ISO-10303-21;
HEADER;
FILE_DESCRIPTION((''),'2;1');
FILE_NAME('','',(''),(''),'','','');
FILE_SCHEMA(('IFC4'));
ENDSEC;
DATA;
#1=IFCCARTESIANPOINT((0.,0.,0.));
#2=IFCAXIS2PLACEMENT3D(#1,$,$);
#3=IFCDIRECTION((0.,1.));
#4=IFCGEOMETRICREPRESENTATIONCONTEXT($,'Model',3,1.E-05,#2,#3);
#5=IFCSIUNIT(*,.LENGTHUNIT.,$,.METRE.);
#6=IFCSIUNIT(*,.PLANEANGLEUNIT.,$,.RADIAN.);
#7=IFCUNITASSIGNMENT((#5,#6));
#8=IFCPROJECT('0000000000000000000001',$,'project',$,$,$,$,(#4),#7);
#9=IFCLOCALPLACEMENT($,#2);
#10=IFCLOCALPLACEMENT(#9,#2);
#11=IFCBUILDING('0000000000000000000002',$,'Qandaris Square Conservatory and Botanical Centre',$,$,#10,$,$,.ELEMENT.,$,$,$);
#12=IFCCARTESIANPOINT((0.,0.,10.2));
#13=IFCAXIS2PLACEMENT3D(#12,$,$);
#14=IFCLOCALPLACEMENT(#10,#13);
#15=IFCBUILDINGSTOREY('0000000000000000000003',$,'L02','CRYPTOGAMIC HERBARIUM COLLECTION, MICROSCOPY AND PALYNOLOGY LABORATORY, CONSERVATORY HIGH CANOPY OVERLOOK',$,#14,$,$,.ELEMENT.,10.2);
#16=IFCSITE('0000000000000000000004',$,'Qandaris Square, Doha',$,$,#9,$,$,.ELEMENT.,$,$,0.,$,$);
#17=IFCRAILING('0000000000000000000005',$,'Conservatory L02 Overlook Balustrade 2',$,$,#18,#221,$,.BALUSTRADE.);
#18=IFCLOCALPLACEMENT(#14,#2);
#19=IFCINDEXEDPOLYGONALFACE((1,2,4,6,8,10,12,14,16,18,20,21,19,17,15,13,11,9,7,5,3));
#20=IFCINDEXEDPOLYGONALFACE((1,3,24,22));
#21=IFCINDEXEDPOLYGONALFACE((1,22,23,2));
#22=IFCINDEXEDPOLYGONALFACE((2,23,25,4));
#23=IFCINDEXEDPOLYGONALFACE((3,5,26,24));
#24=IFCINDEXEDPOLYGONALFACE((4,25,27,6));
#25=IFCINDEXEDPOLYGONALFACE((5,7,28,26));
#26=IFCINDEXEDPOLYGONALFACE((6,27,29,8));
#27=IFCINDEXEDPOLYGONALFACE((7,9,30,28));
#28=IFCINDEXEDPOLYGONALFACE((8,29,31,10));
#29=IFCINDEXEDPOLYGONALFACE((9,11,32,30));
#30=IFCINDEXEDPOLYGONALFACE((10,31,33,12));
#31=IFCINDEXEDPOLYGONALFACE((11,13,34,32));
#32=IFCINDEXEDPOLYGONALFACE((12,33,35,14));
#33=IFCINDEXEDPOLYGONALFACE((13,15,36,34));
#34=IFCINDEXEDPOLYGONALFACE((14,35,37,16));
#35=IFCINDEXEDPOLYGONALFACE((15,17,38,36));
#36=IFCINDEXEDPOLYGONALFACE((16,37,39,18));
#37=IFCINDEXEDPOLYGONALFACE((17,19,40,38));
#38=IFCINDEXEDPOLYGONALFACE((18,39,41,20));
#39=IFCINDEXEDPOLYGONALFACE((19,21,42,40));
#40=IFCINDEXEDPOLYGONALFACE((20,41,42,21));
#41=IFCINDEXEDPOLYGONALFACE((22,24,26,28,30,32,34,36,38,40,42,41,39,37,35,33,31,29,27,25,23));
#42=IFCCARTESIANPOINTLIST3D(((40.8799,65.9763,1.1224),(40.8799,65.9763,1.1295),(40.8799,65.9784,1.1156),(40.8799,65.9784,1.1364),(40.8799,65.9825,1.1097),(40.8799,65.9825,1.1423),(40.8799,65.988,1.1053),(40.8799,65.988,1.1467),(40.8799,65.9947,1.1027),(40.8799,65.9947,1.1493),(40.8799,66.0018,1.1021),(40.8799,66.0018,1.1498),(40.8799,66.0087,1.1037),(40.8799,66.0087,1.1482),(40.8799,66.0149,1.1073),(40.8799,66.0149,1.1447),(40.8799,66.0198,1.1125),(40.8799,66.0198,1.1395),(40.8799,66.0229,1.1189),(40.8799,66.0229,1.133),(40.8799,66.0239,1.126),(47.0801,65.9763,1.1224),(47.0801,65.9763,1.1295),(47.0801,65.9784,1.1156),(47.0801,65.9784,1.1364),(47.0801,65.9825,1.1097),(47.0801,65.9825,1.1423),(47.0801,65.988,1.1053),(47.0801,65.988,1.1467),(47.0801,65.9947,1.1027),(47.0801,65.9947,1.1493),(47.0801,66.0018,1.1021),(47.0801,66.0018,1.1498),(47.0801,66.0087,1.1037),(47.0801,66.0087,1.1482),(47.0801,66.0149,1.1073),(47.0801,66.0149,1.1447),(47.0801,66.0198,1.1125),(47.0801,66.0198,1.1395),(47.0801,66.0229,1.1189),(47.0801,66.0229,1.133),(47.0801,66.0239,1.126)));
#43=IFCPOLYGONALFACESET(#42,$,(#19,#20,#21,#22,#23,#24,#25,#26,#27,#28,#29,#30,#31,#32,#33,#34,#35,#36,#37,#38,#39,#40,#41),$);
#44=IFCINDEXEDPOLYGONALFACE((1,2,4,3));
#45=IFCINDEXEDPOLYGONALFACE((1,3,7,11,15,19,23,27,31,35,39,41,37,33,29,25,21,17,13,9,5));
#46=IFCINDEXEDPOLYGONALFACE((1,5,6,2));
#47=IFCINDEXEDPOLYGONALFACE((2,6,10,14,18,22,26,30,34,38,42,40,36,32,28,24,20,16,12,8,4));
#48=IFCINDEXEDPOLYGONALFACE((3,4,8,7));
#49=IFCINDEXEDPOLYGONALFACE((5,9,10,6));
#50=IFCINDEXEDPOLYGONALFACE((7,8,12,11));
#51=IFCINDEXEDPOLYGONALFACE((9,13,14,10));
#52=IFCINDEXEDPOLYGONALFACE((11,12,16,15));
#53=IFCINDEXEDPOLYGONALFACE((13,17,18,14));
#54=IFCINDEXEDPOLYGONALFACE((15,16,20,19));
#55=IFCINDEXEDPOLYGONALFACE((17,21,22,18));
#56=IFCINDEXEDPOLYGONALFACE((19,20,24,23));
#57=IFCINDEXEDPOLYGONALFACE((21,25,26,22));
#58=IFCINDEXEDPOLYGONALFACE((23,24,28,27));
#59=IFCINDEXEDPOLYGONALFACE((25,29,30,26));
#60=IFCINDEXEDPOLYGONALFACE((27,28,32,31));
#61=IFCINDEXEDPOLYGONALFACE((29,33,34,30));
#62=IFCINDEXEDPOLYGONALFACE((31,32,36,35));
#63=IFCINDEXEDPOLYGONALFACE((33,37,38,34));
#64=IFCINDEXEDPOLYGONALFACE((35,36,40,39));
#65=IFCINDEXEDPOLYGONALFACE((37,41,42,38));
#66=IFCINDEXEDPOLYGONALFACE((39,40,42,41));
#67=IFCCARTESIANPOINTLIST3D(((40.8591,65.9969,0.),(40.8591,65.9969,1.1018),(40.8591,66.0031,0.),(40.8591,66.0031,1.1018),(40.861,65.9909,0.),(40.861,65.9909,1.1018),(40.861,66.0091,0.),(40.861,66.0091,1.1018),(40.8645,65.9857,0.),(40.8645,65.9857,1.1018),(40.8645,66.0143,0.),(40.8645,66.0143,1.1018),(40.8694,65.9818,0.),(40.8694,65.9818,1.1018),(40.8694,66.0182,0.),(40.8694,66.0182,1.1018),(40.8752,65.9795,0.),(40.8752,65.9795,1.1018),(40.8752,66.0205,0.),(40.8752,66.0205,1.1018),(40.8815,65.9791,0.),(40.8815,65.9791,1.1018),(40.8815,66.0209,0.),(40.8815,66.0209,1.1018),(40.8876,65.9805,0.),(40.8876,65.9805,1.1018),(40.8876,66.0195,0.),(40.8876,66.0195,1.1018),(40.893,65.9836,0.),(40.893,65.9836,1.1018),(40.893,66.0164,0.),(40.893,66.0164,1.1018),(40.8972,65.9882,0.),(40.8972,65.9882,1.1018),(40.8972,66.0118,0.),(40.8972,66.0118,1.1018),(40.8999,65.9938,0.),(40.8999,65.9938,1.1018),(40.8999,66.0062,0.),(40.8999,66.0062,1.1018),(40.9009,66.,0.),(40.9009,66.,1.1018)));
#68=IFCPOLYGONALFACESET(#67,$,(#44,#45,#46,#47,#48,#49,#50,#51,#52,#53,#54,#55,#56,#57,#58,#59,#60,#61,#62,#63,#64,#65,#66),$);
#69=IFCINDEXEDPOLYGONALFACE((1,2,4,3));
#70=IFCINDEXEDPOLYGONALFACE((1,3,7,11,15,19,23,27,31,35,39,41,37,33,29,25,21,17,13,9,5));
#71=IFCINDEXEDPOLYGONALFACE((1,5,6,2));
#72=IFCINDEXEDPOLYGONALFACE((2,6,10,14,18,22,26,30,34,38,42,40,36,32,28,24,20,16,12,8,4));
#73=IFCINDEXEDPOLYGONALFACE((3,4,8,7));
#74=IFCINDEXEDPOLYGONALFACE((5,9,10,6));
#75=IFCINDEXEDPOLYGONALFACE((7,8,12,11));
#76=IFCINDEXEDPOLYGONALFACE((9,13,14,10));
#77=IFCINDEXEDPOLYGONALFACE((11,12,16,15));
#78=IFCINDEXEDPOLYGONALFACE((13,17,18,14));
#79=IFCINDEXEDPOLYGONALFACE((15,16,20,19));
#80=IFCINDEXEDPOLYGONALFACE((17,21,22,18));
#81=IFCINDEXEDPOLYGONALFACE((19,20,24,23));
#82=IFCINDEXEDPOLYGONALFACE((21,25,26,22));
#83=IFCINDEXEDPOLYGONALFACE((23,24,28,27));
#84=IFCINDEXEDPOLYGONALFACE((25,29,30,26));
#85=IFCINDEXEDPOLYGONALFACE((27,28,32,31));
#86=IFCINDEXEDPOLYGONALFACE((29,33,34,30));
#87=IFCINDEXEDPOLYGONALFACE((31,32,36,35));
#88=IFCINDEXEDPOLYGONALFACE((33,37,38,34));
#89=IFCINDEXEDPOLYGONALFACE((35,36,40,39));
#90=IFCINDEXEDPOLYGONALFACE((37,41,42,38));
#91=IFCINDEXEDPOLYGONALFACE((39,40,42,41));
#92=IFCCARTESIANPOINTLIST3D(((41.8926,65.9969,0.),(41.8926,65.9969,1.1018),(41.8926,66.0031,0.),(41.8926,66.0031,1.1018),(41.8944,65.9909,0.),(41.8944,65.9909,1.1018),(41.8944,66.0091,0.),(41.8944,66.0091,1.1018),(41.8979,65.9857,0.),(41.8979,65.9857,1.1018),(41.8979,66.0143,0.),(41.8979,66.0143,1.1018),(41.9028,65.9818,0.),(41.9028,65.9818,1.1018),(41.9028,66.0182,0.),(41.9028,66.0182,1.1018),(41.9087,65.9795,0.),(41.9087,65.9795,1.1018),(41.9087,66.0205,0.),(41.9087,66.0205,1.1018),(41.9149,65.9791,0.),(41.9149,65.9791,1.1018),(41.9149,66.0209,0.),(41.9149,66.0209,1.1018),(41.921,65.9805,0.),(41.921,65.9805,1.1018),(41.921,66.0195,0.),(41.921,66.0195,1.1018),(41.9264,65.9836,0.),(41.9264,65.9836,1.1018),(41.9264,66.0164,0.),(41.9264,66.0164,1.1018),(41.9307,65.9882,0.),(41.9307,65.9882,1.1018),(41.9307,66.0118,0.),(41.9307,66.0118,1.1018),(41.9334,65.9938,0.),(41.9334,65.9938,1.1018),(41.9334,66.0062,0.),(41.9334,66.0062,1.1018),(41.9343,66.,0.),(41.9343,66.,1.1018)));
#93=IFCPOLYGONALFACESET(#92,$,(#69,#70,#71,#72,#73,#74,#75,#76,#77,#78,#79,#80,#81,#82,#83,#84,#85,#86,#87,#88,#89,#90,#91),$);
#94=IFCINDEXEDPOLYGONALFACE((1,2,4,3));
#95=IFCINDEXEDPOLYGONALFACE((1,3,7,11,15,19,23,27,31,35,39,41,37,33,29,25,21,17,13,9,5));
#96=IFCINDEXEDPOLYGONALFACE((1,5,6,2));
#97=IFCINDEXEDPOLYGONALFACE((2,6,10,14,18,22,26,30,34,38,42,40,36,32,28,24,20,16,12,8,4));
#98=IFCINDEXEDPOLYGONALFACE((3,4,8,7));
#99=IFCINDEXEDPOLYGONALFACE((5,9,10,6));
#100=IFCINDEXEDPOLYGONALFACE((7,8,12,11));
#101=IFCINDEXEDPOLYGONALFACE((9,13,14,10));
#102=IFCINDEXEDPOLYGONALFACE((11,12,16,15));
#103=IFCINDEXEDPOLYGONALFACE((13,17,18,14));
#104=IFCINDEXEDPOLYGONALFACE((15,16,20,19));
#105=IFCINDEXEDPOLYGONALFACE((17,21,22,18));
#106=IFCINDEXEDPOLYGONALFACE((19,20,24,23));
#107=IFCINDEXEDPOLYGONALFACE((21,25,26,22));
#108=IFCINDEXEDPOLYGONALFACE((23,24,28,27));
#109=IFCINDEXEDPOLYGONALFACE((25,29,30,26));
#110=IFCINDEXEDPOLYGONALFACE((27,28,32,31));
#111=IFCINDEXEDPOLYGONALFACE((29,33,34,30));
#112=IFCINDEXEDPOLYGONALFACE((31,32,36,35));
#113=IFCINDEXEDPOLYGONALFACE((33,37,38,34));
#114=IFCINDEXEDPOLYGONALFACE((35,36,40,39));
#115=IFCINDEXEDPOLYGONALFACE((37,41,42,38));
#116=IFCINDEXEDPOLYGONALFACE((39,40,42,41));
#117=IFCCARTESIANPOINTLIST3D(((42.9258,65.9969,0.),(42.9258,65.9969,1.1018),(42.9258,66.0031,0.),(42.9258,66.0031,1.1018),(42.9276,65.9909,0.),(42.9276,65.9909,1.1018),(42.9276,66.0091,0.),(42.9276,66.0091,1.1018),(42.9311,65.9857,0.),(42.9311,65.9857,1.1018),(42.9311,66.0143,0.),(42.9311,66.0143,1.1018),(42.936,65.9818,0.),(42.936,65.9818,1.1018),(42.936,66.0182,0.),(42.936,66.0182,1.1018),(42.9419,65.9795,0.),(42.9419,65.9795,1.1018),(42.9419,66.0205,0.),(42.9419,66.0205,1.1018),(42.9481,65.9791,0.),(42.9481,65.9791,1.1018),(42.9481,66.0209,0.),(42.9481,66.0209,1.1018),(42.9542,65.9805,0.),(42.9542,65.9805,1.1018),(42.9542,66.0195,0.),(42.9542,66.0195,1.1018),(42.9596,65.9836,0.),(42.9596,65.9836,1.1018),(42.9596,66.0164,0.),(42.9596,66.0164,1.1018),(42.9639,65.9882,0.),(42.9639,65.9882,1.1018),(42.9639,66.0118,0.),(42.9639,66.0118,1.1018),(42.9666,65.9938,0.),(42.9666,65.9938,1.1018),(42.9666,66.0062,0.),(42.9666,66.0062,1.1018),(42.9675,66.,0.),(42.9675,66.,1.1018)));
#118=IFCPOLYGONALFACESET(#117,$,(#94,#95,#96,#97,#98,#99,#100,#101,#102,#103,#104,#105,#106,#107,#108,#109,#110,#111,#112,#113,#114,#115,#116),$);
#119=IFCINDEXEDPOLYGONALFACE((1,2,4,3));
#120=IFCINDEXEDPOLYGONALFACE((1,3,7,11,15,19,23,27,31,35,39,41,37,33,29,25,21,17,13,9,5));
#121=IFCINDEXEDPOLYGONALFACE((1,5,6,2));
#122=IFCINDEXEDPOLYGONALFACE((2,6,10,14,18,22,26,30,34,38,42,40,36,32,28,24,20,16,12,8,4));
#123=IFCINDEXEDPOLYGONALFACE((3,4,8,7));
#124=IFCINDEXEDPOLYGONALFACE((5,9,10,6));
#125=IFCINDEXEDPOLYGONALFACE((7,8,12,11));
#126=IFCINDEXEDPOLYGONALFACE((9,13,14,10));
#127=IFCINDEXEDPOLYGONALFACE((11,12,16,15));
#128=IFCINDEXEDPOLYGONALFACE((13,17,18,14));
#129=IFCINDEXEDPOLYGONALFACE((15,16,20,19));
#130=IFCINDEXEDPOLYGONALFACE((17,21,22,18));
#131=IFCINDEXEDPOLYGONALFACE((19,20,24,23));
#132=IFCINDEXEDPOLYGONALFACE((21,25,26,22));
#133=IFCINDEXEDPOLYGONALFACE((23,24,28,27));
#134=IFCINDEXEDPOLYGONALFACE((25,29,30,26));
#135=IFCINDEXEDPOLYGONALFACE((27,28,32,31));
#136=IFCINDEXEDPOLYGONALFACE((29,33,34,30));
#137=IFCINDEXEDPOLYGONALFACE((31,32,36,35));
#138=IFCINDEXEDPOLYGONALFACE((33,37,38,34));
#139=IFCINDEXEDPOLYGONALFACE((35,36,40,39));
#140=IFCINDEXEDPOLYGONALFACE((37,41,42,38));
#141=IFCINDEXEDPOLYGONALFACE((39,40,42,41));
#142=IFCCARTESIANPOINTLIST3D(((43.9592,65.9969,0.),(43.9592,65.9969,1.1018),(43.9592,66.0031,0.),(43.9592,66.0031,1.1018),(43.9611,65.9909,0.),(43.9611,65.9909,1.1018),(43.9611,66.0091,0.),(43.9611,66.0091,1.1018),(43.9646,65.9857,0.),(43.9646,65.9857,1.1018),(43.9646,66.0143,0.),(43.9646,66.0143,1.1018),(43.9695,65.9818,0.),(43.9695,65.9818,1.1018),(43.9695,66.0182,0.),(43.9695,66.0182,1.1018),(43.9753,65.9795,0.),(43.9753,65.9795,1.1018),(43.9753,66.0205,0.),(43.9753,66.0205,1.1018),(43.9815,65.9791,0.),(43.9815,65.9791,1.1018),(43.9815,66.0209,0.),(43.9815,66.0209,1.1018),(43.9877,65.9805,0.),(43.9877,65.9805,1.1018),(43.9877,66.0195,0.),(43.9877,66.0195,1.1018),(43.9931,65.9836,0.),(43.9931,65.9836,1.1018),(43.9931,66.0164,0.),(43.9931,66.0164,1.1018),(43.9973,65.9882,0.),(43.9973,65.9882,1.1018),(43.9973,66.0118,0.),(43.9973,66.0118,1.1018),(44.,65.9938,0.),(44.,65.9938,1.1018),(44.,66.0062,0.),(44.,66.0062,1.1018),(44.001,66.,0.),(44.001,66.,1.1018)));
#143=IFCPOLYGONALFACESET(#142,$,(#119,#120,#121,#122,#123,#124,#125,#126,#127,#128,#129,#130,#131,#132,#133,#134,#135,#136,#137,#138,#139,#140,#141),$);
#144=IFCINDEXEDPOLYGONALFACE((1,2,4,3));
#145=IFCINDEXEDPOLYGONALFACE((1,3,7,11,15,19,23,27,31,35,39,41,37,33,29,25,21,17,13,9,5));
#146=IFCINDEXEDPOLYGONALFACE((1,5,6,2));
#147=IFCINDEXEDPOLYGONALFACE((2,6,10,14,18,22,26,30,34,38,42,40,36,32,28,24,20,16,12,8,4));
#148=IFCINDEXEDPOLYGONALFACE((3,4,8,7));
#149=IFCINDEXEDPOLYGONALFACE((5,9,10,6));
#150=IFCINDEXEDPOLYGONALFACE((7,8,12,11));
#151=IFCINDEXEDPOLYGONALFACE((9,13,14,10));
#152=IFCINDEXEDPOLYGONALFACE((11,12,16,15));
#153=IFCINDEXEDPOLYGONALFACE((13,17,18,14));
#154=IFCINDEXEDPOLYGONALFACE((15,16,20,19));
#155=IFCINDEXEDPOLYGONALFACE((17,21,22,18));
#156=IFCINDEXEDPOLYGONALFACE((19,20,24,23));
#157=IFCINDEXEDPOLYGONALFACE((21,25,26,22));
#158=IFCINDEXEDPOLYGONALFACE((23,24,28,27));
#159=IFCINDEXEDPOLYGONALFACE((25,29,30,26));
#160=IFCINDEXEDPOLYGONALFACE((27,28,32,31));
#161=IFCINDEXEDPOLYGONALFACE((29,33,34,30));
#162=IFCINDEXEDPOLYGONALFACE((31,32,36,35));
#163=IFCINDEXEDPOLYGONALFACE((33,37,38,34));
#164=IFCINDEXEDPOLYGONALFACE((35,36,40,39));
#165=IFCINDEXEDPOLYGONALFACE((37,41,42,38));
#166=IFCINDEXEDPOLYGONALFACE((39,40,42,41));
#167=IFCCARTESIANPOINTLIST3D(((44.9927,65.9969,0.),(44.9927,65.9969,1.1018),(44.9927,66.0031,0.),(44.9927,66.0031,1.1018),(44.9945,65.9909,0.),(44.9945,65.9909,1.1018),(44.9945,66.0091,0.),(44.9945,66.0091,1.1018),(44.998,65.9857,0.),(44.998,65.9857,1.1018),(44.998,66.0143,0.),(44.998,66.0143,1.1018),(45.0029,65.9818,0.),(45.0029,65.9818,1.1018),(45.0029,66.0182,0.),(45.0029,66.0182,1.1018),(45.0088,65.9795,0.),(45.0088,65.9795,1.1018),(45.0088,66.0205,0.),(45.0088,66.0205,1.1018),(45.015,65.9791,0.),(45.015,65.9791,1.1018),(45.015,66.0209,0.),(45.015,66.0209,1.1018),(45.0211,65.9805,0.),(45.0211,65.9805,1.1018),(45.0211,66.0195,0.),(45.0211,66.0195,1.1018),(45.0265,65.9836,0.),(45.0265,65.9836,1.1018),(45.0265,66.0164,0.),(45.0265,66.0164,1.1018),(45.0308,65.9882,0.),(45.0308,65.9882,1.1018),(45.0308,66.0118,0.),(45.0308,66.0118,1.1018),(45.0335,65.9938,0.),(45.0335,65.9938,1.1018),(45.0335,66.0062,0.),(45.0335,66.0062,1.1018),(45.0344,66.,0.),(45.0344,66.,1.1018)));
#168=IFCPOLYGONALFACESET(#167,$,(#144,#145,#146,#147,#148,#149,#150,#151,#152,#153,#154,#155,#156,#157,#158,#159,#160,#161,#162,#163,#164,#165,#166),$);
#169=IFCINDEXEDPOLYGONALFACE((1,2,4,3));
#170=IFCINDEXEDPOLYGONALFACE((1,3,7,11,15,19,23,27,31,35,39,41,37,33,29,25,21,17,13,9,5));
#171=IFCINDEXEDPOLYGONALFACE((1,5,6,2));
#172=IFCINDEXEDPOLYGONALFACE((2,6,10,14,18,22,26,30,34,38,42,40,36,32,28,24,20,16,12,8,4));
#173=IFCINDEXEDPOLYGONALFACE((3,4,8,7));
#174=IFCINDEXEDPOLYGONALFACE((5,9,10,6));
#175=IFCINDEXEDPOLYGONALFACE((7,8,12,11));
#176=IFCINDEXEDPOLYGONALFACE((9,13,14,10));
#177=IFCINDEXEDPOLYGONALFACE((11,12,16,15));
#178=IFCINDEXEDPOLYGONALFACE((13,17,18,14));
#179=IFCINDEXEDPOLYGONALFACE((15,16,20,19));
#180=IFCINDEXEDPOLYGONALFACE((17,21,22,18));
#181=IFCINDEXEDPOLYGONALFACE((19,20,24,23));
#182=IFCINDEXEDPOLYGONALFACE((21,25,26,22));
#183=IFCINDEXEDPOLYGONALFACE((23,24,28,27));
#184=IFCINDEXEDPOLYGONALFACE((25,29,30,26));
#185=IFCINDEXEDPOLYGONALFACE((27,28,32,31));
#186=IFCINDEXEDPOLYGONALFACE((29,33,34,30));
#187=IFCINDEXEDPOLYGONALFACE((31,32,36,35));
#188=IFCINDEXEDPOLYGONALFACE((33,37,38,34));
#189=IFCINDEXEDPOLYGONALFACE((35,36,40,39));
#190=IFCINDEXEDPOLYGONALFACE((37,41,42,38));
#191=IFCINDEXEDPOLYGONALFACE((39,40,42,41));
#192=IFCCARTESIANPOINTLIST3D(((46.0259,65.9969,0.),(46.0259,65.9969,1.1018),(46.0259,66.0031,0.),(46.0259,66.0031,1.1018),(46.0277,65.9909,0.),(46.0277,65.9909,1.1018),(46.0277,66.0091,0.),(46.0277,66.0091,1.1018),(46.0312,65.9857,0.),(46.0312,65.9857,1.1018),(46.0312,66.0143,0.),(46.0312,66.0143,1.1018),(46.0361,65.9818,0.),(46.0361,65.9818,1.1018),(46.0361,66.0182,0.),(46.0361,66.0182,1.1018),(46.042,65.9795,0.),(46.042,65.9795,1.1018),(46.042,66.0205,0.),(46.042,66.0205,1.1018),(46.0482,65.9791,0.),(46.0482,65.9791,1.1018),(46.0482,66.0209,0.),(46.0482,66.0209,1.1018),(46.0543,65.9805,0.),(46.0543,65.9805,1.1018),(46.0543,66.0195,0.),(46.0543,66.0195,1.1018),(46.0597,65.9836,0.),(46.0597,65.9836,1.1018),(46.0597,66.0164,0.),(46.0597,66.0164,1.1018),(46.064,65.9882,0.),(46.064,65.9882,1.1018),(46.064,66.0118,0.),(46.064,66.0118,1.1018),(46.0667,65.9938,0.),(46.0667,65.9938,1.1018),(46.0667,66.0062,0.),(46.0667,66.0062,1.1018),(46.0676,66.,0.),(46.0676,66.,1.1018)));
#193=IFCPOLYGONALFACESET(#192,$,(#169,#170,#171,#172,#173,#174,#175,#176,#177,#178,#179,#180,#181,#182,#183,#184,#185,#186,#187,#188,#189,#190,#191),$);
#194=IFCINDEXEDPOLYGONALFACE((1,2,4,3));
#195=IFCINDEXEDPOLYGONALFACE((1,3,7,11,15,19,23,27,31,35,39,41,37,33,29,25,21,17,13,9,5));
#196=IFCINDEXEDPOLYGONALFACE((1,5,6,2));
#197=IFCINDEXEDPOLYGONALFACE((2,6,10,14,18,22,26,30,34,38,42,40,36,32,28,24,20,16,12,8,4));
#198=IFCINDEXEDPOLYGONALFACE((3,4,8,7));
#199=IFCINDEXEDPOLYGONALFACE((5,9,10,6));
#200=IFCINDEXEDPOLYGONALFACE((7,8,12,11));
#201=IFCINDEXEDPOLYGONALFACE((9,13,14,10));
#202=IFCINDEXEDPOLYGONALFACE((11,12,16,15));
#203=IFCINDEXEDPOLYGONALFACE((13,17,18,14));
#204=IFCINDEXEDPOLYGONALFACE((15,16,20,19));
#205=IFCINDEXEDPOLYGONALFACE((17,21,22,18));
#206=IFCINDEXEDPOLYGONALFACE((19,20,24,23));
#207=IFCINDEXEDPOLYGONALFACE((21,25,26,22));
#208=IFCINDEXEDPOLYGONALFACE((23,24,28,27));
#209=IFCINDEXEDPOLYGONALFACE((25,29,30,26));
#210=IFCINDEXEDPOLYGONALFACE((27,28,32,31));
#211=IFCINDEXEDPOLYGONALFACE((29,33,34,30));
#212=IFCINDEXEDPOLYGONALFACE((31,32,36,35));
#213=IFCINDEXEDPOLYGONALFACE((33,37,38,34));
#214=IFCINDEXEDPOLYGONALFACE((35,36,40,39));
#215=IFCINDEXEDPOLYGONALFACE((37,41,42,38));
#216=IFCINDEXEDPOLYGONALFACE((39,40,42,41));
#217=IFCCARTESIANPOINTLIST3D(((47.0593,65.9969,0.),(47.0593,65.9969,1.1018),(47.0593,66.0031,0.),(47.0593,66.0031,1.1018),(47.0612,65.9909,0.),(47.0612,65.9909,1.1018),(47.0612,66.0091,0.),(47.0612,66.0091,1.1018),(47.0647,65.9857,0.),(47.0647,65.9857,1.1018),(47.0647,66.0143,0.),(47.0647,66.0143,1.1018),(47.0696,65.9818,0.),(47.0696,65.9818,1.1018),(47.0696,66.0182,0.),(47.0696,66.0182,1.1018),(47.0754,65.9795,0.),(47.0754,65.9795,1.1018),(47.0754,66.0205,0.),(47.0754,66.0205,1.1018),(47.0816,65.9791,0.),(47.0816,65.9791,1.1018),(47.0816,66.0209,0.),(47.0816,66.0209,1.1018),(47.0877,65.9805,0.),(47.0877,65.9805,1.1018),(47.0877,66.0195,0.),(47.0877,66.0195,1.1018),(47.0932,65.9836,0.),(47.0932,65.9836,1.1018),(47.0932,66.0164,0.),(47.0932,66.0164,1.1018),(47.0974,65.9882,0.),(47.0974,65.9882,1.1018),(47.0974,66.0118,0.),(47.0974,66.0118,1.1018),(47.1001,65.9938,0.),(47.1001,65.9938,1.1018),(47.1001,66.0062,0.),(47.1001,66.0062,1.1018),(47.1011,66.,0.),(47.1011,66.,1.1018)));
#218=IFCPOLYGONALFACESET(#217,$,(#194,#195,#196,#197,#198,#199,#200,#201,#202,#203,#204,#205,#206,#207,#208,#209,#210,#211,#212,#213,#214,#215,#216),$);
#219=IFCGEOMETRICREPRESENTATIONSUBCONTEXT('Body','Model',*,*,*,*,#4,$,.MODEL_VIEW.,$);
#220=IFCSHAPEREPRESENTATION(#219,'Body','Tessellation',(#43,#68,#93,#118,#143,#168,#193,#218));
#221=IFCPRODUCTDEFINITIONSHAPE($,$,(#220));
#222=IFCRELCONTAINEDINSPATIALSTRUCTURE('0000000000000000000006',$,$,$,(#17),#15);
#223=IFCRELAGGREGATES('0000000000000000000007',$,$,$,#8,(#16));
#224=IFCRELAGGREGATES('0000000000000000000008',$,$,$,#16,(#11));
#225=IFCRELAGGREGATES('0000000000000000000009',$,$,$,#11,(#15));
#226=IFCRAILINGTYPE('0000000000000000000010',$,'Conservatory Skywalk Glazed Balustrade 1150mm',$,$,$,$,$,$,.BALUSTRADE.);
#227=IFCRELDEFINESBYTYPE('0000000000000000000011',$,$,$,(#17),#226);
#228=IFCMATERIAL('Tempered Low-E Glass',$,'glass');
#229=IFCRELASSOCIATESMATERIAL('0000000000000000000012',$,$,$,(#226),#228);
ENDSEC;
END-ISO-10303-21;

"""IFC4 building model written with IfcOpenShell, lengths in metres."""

from ifc_helpers import new_model, si_unit, direction, frame, origin, origin_2d, place, context, subcontext, project, spatial, circle, extrude, material, type_object, element, save


model = new_model("IFC4")

# Units and contexts
model_context = context("Model", 3, precision=1e-05, world=origin(), true_north=direction((0.0, 1.0)))
body_context = subcontext(model_context, "Body", "Model", "MODEL_VIEW")
ifc_project = project(units=[si_unit("LENGTHUNIT", "METRE"), si_unit("PLANEANGLEUNIT", "RADIAN")], contexts=[model_context])

# Site, building, storey
site_placement = place(None, origin())
site = spatial("IfcSite", under=ifc_project, at=site_placement, Name="Qandaris Square, Doha", CompositionType="ELEMENT", RefElevation=0.0)
building_placement = place(site_placement, origin())
building = spatial("IfcBuilding", under=site, at=building_placement, Name="Qandaris Square Conservatory and Botanical Centre", CompositionType="ELEMENT")
storey_placement = place(building_placement, frame((0.0, 0.0, 10.2)))
storey = spatial("IfcBuildingStorey", under=building, at=storey_placement, Name="L02", Description="CRYPTOGAMIC HERBARIUM COLLECTION, MICROSCOPY AND PALYNOLOGY LABORATORY, CONSERVATORY HIGH CANOPY OVERLOOK", CompositionType="ELEMENT", Elevation=10.2)

# Shared definitions
ifc_material_1 = material(Name="Tempered Low-E Glass", Category="glass")

# Railing
railing_type = type_object("IfcRailingType", Name="Conservatory Skywalk Glazed Balustrade 1150mm", PredefinedType="BALUSTRADE", material=ifc_material_1)
railing_placement = place(storey_placement, frame((40.8799, 66.0, 0.0)))
element("IfcRailing", 1, at=railing_placement, inside=storey, type_object=railing_type, Name="Conservatory L02 Overlook Balustrade 2", PredefinedType="BALUSTRADE", context=body_context, shape_type="SweptSolid", body=[
    extrude(circle(Radius=0.0239, at=origin_2d()), frame((0.0, 0.0, 1.126), z_axis=(1.0, 0.0, 0.0), x_axis=(0.0, 1.0, 0.0)), (0.0, 0.0, 1.0), 6.2002),
    extrude(circle(Radius=0.021, at=origin_2d()), origin(), (0.0, 0.0, 1.0), 1.1018),
    extrude(circle(Radius=0.021, at=origin_2d()), frame((1.0334, 0.0, 0.0)), (0.0, 0.0, 1.0), 1.1018),
    extrude(circle(Radius=0.021, at=origin_2d()), frame((2.0667, 0.0, 0.0)), (0.0, 0.0, 1.0), 1.1018),
    extrude(circle(Radius=0.021, at=origin_2d()), frame((3.1001, 0.0, 0.0)), (0.0, 0.0, 1.0), 1.1018),
    extrude(circle(Radius=0.021, at=origin_2d()), frame((4.1335, 0.0, 0.0)), (0.0, 0.0, 1.0), 1.1018),
    extrude(circle(Radius=0.021, at=origin_2d()), frame((5.1667, 0.0, 0.0)), (0.0, 0.0, 1.0), 1.1018),
    extrude(circle(Radius=0.021, at=origin_2d()), frame((6.2002, 0.0, 0.0)), (0.0, 0.0, 1.0), 1.1018),
])

save(model, "model.ifc")
